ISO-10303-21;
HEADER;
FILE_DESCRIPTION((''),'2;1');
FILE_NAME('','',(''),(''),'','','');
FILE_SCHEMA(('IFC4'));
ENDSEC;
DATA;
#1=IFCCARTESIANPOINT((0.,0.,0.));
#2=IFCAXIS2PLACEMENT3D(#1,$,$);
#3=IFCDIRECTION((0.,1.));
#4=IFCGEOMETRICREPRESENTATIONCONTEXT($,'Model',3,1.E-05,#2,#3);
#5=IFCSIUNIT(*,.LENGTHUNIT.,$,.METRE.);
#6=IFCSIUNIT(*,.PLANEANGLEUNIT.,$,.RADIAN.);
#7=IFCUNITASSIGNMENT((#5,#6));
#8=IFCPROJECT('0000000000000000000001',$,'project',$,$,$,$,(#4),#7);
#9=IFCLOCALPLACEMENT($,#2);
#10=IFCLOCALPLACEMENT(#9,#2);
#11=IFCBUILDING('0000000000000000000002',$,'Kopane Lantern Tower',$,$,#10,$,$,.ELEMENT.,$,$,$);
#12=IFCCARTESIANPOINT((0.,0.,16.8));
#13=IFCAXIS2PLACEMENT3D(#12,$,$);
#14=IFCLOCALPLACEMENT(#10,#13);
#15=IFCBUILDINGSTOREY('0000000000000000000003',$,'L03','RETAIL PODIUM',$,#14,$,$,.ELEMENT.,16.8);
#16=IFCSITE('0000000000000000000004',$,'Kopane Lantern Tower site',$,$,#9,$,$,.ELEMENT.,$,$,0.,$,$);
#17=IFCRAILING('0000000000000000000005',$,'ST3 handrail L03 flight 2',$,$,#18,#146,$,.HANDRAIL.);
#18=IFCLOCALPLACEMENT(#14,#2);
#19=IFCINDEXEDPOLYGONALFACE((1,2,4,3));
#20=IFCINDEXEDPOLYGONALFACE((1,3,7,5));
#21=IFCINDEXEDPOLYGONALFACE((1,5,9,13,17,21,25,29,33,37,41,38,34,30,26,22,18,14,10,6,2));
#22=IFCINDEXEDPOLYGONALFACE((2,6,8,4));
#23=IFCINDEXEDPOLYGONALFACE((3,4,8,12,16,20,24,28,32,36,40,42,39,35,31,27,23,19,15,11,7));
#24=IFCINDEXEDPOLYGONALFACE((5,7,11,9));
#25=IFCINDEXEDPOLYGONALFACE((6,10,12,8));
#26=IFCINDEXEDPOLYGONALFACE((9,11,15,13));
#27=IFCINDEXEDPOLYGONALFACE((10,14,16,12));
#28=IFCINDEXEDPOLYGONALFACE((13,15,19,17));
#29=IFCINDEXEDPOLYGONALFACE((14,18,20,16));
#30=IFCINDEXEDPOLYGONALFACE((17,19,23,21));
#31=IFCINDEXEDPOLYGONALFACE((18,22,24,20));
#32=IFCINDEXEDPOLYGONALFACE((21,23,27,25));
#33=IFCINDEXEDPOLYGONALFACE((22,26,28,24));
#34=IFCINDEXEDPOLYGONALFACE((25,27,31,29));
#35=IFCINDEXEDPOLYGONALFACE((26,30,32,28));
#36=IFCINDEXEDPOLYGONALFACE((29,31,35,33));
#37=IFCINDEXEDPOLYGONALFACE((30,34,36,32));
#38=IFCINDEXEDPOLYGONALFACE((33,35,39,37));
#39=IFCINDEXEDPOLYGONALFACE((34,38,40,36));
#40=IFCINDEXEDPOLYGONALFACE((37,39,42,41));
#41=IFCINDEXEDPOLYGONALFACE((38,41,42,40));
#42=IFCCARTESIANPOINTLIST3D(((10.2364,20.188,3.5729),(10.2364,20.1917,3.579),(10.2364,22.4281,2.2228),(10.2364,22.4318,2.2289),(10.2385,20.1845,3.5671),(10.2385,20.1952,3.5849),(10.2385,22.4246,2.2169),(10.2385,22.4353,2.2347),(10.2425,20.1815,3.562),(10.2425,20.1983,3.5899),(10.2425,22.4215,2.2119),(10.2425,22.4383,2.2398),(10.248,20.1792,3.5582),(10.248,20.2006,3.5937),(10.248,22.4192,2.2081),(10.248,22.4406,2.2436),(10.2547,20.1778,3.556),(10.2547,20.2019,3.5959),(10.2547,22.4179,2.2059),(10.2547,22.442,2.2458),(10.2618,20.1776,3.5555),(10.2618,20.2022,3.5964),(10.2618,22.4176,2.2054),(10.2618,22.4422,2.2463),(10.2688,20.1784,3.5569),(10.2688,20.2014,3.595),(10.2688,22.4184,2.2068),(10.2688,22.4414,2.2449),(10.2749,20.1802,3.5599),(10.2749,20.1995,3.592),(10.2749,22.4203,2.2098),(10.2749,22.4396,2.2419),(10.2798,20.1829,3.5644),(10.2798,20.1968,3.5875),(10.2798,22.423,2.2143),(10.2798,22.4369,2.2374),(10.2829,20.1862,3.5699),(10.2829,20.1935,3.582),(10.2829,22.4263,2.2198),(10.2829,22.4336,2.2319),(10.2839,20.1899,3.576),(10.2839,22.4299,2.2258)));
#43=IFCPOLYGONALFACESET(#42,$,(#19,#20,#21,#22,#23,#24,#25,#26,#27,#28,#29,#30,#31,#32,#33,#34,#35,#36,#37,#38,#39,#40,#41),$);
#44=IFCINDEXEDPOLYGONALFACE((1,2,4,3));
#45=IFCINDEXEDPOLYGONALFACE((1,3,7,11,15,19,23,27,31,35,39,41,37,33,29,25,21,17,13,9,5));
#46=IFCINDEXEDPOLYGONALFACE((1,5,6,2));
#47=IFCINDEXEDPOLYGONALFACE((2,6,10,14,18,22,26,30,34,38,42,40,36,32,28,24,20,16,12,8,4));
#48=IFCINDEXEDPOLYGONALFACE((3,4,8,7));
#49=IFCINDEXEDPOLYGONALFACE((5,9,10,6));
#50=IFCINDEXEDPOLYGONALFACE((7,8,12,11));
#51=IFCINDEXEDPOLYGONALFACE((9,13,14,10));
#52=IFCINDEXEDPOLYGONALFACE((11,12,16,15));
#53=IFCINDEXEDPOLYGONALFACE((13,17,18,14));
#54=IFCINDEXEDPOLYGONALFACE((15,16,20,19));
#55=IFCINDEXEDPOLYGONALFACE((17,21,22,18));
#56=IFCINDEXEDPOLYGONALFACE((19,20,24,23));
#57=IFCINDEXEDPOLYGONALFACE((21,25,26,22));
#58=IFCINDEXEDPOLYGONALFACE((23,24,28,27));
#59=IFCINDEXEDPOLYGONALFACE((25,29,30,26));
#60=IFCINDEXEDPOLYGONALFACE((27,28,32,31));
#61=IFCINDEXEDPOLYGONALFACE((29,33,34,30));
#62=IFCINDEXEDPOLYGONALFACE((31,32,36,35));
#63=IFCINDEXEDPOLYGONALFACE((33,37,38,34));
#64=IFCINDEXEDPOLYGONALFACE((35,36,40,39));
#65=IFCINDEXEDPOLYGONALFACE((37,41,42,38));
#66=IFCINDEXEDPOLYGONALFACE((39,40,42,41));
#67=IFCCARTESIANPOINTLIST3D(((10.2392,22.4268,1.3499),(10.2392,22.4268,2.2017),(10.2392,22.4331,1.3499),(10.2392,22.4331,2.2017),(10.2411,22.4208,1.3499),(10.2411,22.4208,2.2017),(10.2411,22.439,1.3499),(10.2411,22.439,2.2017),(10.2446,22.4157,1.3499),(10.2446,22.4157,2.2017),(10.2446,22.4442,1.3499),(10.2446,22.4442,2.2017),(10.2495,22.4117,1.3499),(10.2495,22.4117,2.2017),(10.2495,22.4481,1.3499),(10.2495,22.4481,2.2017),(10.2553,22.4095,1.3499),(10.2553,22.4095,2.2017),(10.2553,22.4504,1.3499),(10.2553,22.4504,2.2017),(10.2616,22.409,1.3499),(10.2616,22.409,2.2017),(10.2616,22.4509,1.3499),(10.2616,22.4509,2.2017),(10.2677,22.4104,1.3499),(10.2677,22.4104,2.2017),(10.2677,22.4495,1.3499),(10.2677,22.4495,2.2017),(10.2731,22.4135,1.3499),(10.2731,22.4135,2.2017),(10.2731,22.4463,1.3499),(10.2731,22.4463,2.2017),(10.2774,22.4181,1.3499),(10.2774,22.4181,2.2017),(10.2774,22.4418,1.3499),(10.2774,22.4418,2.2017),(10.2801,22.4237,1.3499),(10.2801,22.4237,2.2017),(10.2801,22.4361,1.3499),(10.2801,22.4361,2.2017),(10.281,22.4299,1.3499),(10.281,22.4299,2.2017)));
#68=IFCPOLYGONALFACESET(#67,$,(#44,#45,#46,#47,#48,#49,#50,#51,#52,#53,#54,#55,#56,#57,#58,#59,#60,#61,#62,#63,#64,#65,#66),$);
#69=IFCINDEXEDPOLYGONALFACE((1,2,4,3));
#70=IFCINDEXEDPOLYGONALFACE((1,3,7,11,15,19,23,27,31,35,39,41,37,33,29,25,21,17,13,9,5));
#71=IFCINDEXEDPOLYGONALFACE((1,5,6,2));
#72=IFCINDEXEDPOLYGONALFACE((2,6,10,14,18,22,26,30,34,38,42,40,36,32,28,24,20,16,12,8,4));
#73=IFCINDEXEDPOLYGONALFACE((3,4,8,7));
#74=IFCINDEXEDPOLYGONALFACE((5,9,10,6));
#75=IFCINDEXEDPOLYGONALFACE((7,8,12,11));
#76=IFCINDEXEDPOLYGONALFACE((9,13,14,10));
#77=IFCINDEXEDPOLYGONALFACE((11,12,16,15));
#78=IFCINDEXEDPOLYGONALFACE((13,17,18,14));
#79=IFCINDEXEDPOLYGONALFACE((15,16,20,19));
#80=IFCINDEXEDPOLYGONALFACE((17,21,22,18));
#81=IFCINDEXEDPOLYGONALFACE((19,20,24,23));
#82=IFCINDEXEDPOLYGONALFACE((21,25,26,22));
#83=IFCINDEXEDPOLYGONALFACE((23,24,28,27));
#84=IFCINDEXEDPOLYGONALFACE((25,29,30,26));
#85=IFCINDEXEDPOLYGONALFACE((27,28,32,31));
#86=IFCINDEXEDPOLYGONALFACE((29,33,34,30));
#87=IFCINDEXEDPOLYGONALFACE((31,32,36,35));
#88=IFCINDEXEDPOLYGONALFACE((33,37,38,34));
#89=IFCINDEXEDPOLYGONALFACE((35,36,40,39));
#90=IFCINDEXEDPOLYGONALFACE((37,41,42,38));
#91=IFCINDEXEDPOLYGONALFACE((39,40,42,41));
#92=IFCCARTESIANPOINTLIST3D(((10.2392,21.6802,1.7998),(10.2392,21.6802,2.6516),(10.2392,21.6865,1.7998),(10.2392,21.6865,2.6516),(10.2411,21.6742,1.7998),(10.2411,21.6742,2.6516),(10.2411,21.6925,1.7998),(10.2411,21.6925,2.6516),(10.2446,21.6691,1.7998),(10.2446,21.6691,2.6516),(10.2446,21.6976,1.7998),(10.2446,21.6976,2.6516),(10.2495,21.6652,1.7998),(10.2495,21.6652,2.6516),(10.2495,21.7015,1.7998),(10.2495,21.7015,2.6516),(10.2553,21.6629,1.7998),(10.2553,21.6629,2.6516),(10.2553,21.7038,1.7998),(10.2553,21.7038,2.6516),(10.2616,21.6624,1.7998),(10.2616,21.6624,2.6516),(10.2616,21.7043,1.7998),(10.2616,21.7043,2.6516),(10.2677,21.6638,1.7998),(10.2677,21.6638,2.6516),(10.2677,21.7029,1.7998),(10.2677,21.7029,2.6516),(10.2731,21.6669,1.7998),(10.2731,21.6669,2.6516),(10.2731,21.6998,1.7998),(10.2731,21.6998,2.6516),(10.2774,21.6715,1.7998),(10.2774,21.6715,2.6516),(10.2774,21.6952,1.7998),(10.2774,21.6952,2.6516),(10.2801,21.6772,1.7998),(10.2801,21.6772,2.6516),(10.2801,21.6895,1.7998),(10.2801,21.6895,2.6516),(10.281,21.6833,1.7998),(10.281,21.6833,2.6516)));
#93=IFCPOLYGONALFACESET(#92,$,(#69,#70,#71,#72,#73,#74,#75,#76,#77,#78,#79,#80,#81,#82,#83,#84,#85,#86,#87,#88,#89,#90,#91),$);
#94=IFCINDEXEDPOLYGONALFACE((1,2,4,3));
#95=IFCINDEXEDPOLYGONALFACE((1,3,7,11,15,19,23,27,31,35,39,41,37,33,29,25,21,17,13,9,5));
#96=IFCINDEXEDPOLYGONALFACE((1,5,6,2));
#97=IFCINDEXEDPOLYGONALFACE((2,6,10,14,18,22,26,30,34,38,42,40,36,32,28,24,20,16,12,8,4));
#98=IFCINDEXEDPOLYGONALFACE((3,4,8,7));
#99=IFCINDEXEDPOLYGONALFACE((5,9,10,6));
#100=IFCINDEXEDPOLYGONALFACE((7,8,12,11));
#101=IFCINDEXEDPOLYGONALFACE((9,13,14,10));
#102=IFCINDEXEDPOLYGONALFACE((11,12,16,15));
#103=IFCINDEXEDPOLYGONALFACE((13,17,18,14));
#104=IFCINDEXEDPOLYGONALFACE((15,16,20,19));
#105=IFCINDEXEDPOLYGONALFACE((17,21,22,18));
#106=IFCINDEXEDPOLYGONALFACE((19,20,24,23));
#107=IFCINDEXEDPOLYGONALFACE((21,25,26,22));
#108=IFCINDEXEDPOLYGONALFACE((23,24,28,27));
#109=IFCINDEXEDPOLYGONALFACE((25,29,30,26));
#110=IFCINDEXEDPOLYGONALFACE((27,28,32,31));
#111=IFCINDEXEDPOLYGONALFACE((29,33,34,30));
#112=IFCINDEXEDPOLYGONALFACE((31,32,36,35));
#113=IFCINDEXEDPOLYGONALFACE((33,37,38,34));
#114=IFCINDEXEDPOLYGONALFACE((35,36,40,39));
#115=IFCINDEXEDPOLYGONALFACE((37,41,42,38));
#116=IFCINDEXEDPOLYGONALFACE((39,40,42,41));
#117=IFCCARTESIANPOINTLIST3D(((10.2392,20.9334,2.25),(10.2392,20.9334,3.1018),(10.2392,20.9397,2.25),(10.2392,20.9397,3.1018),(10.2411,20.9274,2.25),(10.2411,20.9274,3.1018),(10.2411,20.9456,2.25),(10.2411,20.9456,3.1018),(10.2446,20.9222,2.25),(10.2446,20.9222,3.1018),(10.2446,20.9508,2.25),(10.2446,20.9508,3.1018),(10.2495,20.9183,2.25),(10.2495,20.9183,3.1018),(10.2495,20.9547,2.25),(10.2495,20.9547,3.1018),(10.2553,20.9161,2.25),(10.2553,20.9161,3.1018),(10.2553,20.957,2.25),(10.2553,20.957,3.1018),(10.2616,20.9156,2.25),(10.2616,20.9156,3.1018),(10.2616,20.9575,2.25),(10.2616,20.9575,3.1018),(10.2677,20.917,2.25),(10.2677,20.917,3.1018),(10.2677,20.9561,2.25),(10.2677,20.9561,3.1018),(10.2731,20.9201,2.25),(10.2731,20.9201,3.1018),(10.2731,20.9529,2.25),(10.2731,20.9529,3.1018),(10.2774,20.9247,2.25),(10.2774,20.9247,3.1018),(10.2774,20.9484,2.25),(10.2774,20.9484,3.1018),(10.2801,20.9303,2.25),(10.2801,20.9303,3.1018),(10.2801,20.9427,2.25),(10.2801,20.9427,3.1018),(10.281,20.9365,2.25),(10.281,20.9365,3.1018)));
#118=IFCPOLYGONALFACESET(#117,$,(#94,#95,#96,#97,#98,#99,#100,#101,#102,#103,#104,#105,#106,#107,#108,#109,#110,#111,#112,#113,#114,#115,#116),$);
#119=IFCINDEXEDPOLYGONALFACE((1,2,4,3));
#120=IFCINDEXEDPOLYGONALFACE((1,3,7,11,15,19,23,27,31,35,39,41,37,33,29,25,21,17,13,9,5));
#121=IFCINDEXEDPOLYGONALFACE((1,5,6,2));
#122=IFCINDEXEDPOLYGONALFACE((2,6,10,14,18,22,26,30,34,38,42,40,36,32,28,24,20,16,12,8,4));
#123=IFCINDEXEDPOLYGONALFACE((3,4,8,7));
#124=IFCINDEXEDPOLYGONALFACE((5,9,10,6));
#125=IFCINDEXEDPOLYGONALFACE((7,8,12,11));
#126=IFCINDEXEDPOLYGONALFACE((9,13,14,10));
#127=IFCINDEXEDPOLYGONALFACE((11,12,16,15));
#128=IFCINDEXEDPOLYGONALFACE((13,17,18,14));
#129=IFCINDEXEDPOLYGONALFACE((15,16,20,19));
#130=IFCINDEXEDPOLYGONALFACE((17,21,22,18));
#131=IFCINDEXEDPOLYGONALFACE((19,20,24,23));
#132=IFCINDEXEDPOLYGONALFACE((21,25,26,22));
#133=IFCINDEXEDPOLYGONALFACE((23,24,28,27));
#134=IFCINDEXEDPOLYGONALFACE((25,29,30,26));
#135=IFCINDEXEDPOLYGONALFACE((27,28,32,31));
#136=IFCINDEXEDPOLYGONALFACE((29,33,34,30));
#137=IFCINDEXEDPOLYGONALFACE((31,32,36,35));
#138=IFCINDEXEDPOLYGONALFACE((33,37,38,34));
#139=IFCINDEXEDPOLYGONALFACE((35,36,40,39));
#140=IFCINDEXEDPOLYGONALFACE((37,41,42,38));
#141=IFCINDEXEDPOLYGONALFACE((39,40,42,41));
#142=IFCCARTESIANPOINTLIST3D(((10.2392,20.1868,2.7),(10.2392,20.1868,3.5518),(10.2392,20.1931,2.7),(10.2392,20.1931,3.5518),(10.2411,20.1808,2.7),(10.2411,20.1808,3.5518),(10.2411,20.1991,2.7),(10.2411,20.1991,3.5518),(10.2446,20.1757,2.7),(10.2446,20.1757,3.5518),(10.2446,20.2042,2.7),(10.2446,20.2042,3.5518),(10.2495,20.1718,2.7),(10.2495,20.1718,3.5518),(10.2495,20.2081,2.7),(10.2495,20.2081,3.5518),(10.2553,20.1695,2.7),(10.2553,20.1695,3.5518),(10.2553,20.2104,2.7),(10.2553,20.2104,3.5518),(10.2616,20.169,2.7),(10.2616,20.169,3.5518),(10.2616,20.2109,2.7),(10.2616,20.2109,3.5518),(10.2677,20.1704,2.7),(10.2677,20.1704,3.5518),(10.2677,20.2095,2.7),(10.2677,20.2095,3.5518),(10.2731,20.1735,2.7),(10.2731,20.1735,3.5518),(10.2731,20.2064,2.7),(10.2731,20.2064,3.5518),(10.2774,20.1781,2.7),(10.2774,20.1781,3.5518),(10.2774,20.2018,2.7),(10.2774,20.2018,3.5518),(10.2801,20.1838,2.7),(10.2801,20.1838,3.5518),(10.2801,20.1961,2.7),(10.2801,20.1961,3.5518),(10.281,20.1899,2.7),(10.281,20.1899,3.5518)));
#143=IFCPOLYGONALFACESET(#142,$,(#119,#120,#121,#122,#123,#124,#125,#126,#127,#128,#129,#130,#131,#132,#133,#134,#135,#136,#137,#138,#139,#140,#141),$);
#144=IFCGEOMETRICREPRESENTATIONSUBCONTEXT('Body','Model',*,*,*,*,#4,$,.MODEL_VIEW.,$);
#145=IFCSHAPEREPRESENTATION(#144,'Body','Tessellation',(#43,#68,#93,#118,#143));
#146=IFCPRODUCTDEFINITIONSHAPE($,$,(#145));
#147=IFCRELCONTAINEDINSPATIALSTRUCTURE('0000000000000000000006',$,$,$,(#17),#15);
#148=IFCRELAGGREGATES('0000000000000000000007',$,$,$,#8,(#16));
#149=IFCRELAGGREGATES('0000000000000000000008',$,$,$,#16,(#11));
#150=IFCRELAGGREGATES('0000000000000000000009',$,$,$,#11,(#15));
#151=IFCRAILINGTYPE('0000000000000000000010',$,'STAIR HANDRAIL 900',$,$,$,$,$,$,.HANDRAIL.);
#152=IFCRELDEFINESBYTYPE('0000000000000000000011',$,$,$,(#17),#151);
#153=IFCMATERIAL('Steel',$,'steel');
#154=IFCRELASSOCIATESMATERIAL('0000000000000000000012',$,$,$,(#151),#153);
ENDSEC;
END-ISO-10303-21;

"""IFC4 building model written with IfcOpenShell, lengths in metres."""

from ifc_helpers import new_model, si_unit, direction, frame, origin, origin_2d, place, context, subcontext, project, spatial, circle, extrude, material, type_object, element, save


model = new_model("IFC4")

# Units and contexts
model_context = context("Model", 3, precision=1e-05, world=origin(), true_north=direction((0.0, 1.0)))
body_context = subcontext(model_context, "Body", "Model", "MODEL_VIEW")
ifc_project = project(units=[si_unit("LENGTHUNIT", "METRE"), si_unit("PLANEANGLEUNIT", "RADIAN")], contexts=[model_context])

# Site, building, storey
site_placement = place(None, origin())
site = spatial("IfcSite", under=ifc_project, at=site_placement, Name="Kopane Lantern Tower site", CompositionType="ELEMENT", RefElevation=0.0)
building_placement = place(site_placement, origin())
building = spatial("IfcBuilding", under=site, at=building_placement, Name="Kopane Lantern Tower", CompositionType="ELEMENT")
storey_placement = place(building_placement, frame((0.0, 0.0, 16.8)))
storey = spatial("IfcBuildingStorey", under=building, at=storey_placement, Name="L03", Description="RETAIL PODIUM", CompositionType="ELEMENT", Elevation=16.8)

# Railing
ifc_material_1 = material(Name="Steel", Category="steel")
railing_type_1 = type_object("IfcRailingType", Name="STAIR HANDRAIL 900", PredefinedType="HANDRAIL", material=ifc_material_1)
for number, where, name in (
    (1, (10.26, 22.4299, 1.3499), "ST3 handrail L03 flight 2"),
):
    element("IfcRailing", number, at=place(storey_placement, frame(where)), inside=storey, type_object=railing_type_1, Name=name, PredefinedType="HANDRAIL", context=body_context, shape_type="SweptSolid", body=[
        extrude(circle(Radius=0.0239, at=origin_2d()), frame((0.0, 0.0, 0.876), z_axis=(0.0, -0.856462, 0.516211), x_axis=(1.0, 0.0, 0.0)), (0.0, 0.0, 1.0), 2.6155),
        extrude(circle(Radius=0.021, at=origin_2d()), origin(), (0.0, 0.0, 1.0), 0.8518),
        extrude(circle(Radius=0.021, at=origin_2d()), frame((0.0, -0.7466, 0.45)), (0.0, 0.0, 1.0), 0.8518),
        extrude(circle(Radius=0.021, at=origin_2d()), frame((0.0, -1.4934, 0.9001)), (0.0, 0.0, 1.0), 0.8518),
        extrude(circle(Radius=0.021, at=origin_2d()), frame((0.0, -2.24, 1.3501)), (0.0, 0.0, 1.0), 0.8518),
    ])

save(model, "model.ifc")
